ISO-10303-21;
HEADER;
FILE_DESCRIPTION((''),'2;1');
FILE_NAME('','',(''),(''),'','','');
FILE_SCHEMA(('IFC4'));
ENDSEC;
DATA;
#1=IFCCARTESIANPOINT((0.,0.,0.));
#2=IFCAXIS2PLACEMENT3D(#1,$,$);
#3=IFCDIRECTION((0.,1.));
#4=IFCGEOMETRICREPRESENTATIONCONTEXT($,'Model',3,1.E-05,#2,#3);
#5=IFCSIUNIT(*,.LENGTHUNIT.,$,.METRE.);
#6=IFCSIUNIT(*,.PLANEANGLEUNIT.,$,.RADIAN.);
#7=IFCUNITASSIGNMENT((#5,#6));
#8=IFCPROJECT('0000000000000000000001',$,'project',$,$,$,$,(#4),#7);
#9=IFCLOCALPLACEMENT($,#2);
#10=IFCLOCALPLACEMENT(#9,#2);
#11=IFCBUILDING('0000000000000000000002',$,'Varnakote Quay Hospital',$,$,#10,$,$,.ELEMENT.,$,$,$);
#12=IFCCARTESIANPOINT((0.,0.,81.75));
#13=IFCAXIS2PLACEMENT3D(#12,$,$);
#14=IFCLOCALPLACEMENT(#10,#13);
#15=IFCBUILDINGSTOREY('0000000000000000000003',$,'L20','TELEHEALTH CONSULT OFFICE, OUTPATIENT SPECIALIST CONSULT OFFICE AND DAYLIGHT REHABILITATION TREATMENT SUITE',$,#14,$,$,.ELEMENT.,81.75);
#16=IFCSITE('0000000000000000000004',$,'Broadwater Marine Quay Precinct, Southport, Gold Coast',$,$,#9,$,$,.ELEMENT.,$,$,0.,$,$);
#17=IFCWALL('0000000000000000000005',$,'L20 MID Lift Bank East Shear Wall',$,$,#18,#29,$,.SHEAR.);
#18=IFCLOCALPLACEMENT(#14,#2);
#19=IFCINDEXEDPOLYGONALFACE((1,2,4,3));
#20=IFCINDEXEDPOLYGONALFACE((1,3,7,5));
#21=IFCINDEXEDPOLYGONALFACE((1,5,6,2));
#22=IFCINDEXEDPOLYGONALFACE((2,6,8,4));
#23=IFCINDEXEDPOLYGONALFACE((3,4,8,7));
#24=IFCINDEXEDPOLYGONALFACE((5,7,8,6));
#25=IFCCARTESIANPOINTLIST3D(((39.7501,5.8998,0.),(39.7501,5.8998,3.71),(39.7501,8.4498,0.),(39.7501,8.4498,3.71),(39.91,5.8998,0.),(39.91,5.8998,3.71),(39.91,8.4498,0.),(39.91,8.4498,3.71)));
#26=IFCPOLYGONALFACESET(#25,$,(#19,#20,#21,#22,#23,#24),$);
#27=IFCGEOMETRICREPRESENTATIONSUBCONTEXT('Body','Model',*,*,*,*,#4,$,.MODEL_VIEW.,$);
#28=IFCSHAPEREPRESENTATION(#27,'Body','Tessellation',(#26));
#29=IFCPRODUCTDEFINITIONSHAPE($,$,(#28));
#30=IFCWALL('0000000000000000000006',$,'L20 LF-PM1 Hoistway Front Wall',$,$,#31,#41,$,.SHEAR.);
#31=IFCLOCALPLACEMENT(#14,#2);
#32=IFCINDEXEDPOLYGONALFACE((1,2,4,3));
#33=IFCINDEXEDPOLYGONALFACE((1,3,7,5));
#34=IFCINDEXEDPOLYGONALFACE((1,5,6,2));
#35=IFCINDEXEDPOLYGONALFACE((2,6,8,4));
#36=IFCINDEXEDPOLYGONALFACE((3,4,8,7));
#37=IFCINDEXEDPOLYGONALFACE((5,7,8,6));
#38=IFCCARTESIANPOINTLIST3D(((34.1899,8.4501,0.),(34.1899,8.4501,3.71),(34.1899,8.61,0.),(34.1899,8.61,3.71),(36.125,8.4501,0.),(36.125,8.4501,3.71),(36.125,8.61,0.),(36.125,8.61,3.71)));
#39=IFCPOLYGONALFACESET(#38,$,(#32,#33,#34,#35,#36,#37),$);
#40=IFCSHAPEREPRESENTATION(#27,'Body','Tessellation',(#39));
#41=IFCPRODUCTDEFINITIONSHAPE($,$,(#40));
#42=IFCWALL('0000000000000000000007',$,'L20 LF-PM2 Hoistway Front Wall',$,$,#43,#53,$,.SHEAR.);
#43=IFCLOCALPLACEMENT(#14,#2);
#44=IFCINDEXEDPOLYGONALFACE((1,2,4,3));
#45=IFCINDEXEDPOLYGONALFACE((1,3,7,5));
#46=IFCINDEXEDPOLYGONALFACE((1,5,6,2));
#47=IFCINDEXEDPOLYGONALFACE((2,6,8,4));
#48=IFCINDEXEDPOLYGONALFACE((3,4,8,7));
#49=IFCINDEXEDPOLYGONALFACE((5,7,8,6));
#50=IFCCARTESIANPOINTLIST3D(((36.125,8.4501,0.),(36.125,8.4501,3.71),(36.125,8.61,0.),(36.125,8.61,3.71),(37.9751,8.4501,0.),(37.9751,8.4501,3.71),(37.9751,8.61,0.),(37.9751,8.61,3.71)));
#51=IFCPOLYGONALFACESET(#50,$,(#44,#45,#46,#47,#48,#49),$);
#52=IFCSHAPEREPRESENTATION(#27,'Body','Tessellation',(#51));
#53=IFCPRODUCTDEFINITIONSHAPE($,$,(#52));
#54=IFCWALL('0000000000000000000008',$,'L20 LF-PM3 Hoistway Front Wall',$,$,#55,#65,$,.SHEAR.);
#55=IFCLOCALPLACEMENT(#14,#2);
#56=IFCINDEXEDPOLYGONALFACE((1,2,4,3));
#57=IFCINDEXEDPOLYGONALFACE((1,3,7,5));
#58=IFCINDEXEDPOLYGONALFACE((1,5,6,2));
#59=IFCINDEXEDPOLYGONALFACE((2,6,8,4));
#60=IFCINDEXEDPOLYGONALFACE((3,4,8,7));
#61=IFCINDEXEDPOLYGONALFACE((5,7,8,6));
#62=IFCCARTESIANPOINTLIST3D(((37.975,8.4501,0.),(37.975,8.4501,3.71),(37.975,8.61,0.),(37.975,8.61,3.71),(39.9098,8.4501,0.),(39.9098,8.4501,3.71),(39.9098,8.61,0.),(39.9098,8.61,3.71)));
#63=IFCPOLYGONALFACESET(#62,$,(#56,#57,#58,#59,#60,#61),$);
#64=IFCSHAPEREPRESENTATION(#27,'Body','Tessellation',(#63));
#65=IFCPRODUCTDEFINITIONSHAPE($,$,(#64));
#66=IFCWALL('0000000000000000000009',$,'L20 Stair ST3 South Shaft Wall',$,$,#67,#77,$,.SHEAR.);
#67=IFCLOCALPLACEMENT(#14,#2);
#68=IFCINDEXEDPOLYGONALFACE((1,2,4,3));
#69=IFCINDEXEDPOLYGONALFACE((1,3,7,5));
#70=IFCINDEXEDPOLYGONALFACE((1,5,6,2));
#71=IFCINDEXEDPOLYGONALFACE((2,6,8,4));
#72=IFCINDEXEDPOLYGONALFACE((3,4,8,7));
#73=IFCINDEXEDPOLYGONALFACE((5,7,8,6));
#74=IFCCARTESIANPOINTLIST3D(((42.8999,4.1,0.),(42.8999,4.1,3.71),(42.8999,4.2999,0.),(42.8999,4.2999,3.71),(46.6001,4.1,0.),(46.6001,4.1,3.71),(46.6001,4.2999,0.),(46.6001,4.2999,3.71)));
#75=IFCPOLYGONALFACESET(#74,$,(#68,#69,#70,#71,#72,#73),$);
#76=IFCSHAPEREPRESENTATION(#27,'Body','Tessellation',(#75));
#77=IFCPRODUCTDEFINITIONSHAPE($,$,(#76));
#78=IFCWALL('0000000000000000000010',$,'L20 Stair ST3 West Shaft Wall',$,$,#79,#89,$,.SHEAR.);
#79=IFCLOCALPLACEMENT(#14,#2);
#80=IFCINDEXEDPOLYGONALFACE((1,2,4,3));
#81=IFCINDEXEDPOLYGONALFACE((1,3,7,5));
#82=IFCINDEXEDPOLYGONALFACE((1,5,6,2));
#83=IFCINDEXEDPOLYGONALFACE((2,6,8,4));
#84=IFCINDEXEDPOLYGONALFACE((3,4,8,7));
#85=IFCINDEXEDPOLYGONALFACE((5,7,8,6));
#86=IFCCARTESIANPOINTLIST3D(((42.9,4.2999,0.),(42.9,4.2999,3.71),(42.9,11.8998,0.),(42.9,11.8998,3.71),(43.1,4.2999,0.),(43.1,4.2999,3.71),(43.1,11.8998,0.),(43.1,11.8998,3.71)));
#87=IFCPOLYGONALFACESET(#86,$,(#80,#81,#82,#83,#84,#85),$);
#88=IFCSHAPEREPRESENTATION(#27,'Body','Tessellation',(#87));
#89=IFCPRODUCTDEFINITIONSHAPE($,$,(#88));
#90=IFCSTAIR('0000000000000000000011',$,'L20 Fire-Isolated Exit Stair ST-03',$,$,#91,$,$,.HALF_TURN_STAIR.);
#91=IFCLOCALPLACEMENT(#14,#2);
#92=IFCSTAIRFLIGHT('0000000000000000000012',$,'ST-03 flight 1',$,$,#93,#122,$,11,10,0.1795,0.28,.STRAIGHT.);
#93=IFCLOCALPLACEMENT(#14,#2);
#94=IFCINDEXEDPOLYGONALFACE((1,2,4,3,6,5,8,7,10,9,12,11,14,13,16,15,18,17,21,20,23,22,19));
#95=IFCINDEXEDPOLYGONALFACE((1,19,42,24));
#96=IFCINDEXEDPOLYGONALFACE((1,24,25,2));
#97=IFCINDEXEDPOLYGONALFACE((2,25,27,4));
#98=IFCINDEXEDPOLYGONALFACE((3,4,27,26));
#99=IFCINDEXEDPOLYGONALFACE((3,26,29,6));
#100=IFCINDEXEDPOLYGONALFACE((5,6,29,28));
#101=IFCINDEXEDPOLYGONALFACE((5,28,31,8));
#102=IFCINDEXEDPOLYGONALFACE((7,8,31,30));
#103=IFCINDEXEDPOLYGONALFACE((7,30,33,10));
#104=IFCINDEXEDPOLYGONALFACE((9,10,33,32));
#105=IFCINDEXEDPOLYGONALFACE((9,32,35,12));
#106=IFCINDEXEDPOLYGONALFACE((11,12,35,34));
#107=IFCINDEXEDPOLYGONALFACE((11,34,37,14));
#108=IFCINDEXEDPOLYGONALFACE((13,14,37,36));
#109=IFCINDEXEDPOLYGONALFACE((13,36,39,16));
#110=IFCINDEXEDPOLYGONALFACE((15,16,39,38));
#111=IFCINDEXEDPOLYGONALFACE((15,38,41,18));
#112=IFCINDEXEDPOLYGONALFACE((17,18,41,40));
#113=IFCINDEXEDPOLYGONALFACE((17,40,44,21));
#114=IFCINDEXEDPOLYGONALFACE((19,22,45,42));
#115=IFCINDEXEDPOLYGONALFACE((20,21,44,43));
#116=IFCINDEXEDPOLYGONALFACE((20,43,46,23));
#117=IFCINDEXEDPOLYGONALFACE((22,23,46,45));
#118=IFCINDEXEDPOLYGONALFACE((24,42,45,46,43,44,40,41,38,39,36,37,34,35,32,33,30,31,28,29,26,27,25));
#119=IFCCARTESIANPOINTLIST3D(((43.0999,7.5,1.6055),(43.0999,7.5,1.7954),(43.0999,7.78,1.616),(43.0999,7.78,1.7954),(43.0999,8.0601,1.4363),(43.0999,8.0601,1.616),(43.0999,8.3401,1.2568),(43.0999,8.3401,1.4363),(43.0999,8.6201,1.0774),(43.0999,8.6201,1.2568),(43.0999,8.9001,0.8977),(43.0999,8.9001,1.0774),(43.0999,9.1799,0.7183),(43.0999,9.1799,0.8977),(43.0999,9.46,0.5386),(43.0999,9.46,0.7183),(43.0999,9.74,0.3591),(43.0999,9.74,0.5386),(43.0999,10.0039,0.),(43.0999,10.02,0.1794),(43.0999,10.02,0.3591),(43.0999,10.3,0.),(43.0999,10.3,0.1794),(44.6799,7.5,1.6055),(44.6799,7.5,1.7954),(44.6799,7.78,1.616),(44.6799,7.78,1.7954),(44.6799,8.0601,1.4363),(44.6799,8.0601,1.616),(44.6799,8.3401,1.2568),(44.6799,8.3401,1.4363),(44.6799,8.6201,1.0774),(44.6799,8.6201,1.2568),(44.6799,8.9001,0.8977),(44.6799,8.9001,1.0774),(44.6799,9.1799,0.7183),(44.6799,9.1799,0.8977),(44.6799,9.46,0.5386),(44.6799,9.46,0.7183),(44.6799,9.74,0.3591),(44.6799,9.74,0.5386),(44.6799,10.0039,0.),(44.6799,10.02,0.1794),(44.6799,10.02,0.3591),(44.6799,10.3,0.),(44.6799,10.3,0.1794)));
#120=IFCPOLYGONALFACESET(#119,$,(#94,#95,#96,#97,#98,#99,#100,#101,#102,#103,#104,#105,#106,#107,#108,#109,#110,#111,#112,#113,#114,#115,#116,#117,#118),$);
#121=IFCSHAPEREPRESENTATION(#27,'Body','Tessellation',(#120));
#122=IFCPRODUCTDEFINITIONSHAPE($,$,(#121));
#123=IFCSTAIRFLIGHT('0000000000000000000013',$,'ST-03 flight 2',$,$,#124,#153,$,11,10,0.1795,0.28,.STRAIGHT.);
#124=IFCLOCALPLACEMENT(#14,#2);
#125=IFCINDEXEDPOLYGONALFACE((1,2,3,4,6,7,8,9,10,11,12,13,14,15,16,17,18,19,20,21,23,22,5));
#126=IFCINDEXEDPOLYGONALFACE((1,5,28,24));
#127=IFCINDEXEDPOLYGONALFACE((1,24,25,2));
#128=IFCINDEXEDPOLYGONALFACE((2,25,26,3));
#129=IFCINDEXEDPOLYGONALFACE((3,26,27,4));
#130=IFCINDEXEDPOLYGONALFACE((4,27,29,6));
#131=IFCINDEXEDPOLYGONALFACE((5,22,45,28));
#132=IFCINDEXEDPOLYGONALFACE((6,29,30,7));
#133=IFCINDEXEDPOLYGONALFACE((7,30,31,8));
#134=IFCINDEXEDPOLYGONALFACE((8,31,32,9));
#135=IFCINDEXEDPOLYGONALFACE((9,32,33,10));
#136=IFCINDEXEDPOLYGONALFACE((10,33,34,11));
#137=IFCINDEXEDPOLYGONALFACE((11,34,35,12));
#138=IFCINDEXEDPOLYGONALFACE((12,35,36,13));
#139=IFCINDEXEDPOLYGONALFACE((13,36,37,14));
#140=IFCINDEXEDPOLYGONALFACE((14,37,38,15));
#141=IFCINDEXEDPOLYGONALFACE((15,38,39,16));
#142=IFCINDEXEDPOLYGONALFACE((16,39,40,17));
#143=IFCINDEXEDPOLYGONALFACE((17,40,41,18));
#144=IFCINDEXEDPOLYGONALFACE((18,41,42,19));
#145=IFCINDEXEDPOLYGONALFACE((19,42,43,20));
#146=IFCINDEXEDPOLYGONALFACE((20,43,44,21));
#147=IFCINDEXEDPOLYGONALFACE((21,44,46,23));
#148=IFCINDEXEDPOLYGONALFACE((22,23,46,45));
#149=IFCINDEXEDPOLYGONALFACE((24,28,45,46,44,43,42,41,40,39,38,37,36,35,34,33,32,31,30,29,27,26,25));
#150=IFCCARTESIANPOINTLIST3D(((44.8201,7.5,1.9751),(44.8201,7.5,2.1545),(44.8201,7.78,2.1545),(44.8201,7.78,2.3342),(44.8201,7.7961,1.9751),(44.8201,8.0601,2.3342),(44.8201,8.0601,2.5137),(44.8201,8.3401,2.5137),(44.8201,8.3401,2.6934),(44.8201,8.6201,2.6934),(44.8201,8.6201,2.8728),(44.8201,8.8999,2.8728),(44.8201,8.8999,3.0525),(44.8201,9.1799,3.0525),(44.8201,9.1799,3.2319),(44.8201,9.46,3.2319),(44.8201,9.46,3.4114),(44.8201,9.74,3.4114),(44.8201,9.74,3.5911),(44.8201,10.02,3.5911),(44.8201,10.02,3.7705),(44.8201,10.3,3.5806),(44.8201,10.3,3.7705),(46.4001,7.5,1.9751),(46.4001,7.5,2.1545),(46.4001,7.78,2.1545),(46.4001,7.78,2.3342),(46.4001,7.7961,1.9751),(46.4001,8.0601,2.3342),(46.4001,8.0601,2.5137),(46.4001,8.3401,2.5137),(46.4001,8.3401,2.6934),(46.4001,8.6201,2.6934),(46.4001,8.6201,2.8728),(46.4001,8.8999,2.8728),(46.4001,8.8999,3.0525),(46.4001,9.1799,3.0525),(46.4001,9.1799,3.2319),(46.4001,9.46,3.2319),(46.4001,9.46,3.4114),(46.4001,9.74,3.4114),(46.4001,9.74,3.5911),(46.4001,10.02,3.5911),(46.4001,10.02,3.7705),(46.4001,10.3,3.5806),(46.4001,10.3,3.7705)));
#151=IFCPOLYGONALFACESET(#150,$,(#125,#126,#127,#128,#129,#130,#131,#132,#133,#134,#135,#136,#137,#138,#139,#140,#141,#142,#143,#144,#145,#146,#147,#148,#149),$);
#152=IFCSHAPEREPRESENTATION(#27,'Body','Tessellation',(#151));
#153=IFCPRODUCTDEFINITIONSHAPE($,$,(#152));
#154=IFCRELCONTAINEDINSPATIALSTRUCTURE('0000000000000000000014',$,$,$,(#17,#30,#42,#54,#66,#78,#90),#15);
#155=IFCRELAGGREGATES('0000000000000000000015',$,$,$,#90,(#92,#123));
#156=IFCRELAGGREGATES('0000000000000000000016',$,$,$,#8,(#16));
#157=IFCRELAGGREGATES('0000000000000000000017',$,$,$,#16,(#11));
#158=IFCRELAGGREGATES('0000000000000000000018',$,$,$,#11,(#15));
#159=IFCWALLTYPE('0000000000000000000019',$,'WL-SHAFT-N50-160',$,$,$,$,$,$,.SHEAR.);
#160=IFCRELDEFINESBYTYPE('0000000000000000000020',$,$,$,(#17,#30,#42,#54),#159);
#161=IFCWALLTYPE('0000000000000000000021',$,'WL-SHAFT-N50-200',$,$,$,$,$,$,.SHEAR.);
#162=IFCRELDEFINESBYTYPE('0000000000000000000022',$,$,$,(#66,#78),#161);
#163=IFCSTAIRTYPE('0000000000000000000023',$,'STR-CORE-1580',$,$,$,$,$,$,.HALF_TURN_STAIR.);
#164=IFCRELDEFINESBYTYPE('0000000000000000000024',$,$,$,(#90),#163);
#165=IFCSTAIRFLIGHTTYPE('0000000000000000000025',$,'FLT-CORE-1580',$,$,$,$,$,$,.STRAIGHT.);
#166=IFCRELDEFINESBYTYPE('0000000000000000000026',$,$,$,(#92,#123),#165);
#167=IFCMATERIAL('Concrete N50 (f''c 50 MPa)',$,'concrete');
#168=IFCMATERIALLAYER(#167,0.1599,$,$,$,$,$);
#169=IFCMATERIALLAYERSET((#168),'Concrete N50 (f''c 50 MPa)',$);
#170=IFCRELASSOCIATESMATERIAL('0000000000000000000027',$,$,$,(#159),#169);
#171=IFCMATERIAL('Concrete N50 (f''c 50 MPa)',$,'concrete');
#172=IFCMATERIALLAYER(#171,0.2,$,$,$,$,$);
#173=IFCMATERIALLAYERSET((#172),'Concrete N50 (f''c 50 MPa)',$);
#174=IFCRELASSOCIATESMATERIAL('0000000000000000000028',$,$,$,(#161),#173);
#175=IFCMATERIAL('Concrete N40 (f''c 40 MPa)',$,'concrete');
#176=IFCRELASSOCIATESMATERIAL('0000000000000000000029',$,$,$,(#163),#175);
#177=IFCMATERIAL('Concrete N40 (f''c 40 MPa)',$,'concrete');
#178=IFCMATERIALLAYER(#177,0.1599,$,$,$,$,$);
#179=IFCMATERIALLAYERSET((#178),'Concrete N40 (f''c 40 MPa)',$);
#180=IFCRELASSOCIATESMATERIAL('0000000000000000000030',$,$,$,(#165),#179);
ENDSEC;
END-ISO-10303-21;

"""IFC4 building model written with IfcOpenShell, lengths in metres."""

from ifc_helpers import new_model, si_unit, direction, frame, frame_2d, origin, place, context, subcontext, project, spatial, polyline, rectangle, outline, extrude, material, layer, layer_set, type_object, element, aggregate, save


model = new_model("IFC4")

# Units and contexts
model_context = context("Model", 3, precision=1e-05, world=origin(), true_north=direction((0.0, 1.0)))
body_context = subcontext(model_context, "Body", "Model", "MODEL_VIEW")
ifc_project = project(units=[si_unit("LENGTHUNIT", "METRE"), si_unit("PLANEANGLEUNIT", "RADIAN")], contexts=[model_context])

# Site, building, storey
site_placement = place(None, origin())
site = spatial("IfcSite", under=ifc_project, at=site_placement, Name="Broadwater Marine Quay Precinct, Southport, Gold Coast", CompositionType="ELEMENT", RefElevation=0.0)
building_placement = place(site_placement, origin())
building = spatial("IfcBuilding", under=site, at=building_placement, Name="Varnakote Quay Hospital", CompositionType="ELEMENT")
storey_placement = place(building_placement, frame((0.0, 0.0, 81.75)))
storey = spatial("IfcBuildingStorey", under=building, at=storey_placement, Name="L20", Description="TELEHEALTH CONSULT OFFICE, OUTPATIENT SPECIALIST CONSULT OFFICE AND DAYLIGHT REHABILITATION TREATMENT SUITE", CompositionType="ELEMENT", Elevation=81.75)

# Walls
ifc_material_1 = material(Name="Concrete N50 (f'c 50 MPa)", Category="concrete")
ifc_layer_1 = layer(ifc_material_1, 0.1599)
ifc_layer_set_1 = layer_set([ifc_layer_1], Name="Concrete N50 (f'c 50 MPa)")
wall_type_1 = type_object("IfcWallType", Name="WL-SHAFT-N50-160", PredefinedType="SHEAR", material=ifc_layer_set_1)
for number, where, z_axis, x_axis, name in (
    (1, (39.8301, 5.8999, 0.0), (0.0, 0.0, 1.0), (0.0, 1.0, 0.0), "L20 MID Lift Bank East Shear Wall"),
):
    element("IfcWall", number, at=place(storey_placement, frame(where, z_axis=z_axis, x_axis=x_axis)), inside=storey, type_object=wall_type_1, Name=name, PredefinedType="SHEAR", context=body_context, shape_type="SweptSolid", body=[
        extrude(rectangle(XDim=2.55, YDim=0.1599, at=frame_2d((1.2749, 0.0))), origin(), (0.0, 0.0, 1.0), 3.71),
    ])
wall_1_placement = place(storey_placement, frame((34.1899, 8.53, 0.0), z_axis=(0.0, 0.0, 1.0), x_axis=(1.0, 0.0, 0.0)))
element("IfcWall", 2, at=wall_1_placement, inside=storey, type_object=wall_type_1, Name="L20 LF-PM1 Hoistway Front Wall", PredefinedType="SHEAR", context=body_context, shape_type="SweptSolid", body=[
    extrude(rectangle(XDim=1.9351, YDim=0.1599, at=frame_2d((0.9675, 0.0))), origin(), (0.0, 0.0, 1.0), 3.71),
])
wall_2_placement = place(storey_placement, frame((36.125, 8.53, 0.0), z_axis=(0.0, 0.0, 1.0), x_axis=(1.0, 0.0, 0.0)))
element("IfcWall", 3, at=wall_2_placement, inside=storey, type_object=wall_type_1, Name="L20 LF-PM2 Hoistway Front Wall", PredefinedType="SHEAR", context=body_context, shape_type="SweptSolid", body=[
    extrude(rectangle(XDim=1.8501, YDim=0.1599, at=frame_2d((0.925, 0.0))), origin(), (0.0, 0.0, 1.0), 3.71),
])
wall_3_placement = place(storey_placement, frame((37.9751, 8.53, 0.0), z_axis=(0.0, 0.0, 1.0), x_axis=(1.0, 0.0, 0.0)))
element("IfcWall", 4, at=wall_3_placement, inside=storey, type_object=wall_type_1, Name="L20 LF-PM3 Hoistway Front Wall", PredefinedType="SHEAR", context=body_context, shape_type="SweptSolid", body=[
    extrude(rectangle(XDim=1.9348, YDim=0.1599, at=frame_2d((0.9673, 0.0))), origin(), (0.0, 0.0, 1.0), 3.71),
])
ifc_material_2 = material(Name="Concrete N50 (f'c 50 MPa)", Category="concrete")
ifc_layer_2 = layer(ifc_material_2, 0.2)
ifc_layer_set_2 = layer_set([ifc_layer_2], Name="Concrete N50 (f'c 50 MPa)")
wall_type_2 = type_object("IfcWallType", Name="WL-SHAFT-N50-200", PredefinedType="SHEAR", material=ifc_layer_set_2)
wall_4_placement = place(storey_placement, frame((42.8999, 4.2, 0.0), z_axis=(0.0, 0.0, 1.0), x_axis=(1.0, 0.0, 0.0)))
element("IfcWall", 5, at=wall_4_placement, inside=storey, type_object=wall_type_2, Name="L20 Stair ST3 South Shaft Wall", PredefinedType="SHEAR", context=body_context, shape_type="SweptSolid", body=[
    extrude(rectangle(XDim=3.7002, YDim=0.2, at=frame_2d((1.8501, 0.0))), origin(), (0.0, 0.0, 1.0), 3.71),
])
wall_5_placement = place(storey_placement, frame((43.0, 4.3, 0.0), z_axis=(0.0, 0.0, 1.0), x_axis=(0.0, 1.0, 0.0)))
element("IfcWall", 6, at=wall_5_placement, inside=storey, type_object=wall_type_2, Name="L20 Stair ST3 West Shaft Wall", PredefinedType="SHEAR", context=body_context, shape_type="SweptSolid", body=[
    extrude(rectangle(XDim=7.5999, YDim=0.2, at=frame_2d((3.7998, 0.0))), origin(), (0.0, 0.0, 1.0), 3.71),
])

# Stair, stair flights
ifc_material_3 = material(Name="Concrete N40 (f'c 40 MPa)", Category="concrete")
stair_type = type_object("IfcStairType", Name="STR-CORE-1580", PredefinedType="HALF_TURN_STAIR", material=ifc_material_3)
stair_placement = place(storey_placement, origin())
stair = element("IfcStair", 7, at=stair_placement, inside=storey, type_object=stair_type, Name="L20 Fire-Isolated Exit Stair ST-03", PredefinedType="HALF_TURN_STAIR")
ifc_material_4 = material(Name="Concrete N40 (f'c 40 MPa)", Category="concrete")
ifc_layer_3 = layer(ifc_material_4, 0.1599)
ifc_layer_set_3 = layer_set([ifc_layer_3], Name="Concrete N40 (f'c 40 MPa)")
stair_flight_type = type_object("IfcStairFlightType", Name="FLT-CORE-1580", PredefinedType="STRAIGHT", material=ifc_layer_set_3)
stair_flight_1_placement = place(storey_placement, frame((43.8899, 10.3, 0.0), z_axis=(0.0, 0.0, 1.0), x_axis=(0.0, -1.0, 0.0)))
stair_flight_1 = element("IfcStairFlight", 8, at=stair_flight_1_placement, type_object=stair_flight_type, Name="ST-03 flight 1", NumberOfRisers=11, NumberOfTreads=10, PredefinedType="STRAIGHT", RiserHeight=0.1795, TreadLength=0.28, context=body_context, shape_type="SweptSolid", body=[
    extrude(outline(polyline([(0.0, 0.0), (0.0, 0.1794), (0.28, 0.1794), (0.28, 0.3591), (0.5601, 0.3591), (0.5601, 0.5386), (0.8401, 0.5386), (0.8401, 0.7183), (1.1201, 0.7183), (1.1201, 0.8977), (1.3999, 0.8977), (1.3999, 1.0774), (1.6799, 1.0774), (1.6799, 1.2568), (1.96, 1.2568), (1.96, 1.4363), (2.24, 1.4363), (2.24, 1.616), (2.52, 1.616), (2.52, 1.7954), (2.8, 1.7954), (2.8, 1.9751), (2.8, 1.6055), (0.2961, 0.0), (0.0, 0.0)])), frame((0.0, 0.79, 0.0), z_axis=(0.0, -1.0, 0.0), x_axis=(1.0, 0.0, 0.0)), (0.0, 0.0, 1.0), 1.5801),
])
stair_flight_2_placement = place(storey_placement, frame((45.6101, 7.5, 1.9751), z_axis=(0.0, 0.0, 1.0), x_axis=(0.0, 1.0, 0.0)))
stair_flight_2 = element("IfcStairFlight", 9, at=stair_flight_2_placement, type_object=stair_flight_type, Name="ST-03 flight 2", NumberOfRisers=11, NumberOfTreads=10, PredefinedType="STRAIGHT", RiserHeight=0.1795, TreadLength=0.28, context=body_context, shape_type="SweptSolid", body=[
    extrude(outline(polyline([(0.0, 0.0), (0.0, 0.1794), (0.28, 0.1794), (0.28, 0.3591), (0.5601, 0.3591), (0.5601, 0.5386), (0.8401, 0.5386), (0.8401, 0.7183), (1.1201, 0.7183), (1.1201, 0.8977), (1.3999, 0.8977), (1.3999, 1.0774), (1.6799, 1.0774), (1.6799, 1.2568), (1.96, 1.2568), (1.96, 1.4363), (2.24, 1.4363), (2.24, 1.616), (2.52, 1.616), (2.52, 1.7954), (2.8, 1.7954), (2.8, 1.9751), (2.8, 1.6055), (0.2961, 0.0), (0.0, 0.0)])), frame((0.0, 0.79, 0.0), z_axis=(0.0, -1.0, 0.0), x_axis=(1.0, 0.0, 0.0)), (0.0, 0.0, 1.0), 1.5801),
])
aggregate(stair, [stair_flight_1, stair_flight_2])

save(model, "model.ifc")
